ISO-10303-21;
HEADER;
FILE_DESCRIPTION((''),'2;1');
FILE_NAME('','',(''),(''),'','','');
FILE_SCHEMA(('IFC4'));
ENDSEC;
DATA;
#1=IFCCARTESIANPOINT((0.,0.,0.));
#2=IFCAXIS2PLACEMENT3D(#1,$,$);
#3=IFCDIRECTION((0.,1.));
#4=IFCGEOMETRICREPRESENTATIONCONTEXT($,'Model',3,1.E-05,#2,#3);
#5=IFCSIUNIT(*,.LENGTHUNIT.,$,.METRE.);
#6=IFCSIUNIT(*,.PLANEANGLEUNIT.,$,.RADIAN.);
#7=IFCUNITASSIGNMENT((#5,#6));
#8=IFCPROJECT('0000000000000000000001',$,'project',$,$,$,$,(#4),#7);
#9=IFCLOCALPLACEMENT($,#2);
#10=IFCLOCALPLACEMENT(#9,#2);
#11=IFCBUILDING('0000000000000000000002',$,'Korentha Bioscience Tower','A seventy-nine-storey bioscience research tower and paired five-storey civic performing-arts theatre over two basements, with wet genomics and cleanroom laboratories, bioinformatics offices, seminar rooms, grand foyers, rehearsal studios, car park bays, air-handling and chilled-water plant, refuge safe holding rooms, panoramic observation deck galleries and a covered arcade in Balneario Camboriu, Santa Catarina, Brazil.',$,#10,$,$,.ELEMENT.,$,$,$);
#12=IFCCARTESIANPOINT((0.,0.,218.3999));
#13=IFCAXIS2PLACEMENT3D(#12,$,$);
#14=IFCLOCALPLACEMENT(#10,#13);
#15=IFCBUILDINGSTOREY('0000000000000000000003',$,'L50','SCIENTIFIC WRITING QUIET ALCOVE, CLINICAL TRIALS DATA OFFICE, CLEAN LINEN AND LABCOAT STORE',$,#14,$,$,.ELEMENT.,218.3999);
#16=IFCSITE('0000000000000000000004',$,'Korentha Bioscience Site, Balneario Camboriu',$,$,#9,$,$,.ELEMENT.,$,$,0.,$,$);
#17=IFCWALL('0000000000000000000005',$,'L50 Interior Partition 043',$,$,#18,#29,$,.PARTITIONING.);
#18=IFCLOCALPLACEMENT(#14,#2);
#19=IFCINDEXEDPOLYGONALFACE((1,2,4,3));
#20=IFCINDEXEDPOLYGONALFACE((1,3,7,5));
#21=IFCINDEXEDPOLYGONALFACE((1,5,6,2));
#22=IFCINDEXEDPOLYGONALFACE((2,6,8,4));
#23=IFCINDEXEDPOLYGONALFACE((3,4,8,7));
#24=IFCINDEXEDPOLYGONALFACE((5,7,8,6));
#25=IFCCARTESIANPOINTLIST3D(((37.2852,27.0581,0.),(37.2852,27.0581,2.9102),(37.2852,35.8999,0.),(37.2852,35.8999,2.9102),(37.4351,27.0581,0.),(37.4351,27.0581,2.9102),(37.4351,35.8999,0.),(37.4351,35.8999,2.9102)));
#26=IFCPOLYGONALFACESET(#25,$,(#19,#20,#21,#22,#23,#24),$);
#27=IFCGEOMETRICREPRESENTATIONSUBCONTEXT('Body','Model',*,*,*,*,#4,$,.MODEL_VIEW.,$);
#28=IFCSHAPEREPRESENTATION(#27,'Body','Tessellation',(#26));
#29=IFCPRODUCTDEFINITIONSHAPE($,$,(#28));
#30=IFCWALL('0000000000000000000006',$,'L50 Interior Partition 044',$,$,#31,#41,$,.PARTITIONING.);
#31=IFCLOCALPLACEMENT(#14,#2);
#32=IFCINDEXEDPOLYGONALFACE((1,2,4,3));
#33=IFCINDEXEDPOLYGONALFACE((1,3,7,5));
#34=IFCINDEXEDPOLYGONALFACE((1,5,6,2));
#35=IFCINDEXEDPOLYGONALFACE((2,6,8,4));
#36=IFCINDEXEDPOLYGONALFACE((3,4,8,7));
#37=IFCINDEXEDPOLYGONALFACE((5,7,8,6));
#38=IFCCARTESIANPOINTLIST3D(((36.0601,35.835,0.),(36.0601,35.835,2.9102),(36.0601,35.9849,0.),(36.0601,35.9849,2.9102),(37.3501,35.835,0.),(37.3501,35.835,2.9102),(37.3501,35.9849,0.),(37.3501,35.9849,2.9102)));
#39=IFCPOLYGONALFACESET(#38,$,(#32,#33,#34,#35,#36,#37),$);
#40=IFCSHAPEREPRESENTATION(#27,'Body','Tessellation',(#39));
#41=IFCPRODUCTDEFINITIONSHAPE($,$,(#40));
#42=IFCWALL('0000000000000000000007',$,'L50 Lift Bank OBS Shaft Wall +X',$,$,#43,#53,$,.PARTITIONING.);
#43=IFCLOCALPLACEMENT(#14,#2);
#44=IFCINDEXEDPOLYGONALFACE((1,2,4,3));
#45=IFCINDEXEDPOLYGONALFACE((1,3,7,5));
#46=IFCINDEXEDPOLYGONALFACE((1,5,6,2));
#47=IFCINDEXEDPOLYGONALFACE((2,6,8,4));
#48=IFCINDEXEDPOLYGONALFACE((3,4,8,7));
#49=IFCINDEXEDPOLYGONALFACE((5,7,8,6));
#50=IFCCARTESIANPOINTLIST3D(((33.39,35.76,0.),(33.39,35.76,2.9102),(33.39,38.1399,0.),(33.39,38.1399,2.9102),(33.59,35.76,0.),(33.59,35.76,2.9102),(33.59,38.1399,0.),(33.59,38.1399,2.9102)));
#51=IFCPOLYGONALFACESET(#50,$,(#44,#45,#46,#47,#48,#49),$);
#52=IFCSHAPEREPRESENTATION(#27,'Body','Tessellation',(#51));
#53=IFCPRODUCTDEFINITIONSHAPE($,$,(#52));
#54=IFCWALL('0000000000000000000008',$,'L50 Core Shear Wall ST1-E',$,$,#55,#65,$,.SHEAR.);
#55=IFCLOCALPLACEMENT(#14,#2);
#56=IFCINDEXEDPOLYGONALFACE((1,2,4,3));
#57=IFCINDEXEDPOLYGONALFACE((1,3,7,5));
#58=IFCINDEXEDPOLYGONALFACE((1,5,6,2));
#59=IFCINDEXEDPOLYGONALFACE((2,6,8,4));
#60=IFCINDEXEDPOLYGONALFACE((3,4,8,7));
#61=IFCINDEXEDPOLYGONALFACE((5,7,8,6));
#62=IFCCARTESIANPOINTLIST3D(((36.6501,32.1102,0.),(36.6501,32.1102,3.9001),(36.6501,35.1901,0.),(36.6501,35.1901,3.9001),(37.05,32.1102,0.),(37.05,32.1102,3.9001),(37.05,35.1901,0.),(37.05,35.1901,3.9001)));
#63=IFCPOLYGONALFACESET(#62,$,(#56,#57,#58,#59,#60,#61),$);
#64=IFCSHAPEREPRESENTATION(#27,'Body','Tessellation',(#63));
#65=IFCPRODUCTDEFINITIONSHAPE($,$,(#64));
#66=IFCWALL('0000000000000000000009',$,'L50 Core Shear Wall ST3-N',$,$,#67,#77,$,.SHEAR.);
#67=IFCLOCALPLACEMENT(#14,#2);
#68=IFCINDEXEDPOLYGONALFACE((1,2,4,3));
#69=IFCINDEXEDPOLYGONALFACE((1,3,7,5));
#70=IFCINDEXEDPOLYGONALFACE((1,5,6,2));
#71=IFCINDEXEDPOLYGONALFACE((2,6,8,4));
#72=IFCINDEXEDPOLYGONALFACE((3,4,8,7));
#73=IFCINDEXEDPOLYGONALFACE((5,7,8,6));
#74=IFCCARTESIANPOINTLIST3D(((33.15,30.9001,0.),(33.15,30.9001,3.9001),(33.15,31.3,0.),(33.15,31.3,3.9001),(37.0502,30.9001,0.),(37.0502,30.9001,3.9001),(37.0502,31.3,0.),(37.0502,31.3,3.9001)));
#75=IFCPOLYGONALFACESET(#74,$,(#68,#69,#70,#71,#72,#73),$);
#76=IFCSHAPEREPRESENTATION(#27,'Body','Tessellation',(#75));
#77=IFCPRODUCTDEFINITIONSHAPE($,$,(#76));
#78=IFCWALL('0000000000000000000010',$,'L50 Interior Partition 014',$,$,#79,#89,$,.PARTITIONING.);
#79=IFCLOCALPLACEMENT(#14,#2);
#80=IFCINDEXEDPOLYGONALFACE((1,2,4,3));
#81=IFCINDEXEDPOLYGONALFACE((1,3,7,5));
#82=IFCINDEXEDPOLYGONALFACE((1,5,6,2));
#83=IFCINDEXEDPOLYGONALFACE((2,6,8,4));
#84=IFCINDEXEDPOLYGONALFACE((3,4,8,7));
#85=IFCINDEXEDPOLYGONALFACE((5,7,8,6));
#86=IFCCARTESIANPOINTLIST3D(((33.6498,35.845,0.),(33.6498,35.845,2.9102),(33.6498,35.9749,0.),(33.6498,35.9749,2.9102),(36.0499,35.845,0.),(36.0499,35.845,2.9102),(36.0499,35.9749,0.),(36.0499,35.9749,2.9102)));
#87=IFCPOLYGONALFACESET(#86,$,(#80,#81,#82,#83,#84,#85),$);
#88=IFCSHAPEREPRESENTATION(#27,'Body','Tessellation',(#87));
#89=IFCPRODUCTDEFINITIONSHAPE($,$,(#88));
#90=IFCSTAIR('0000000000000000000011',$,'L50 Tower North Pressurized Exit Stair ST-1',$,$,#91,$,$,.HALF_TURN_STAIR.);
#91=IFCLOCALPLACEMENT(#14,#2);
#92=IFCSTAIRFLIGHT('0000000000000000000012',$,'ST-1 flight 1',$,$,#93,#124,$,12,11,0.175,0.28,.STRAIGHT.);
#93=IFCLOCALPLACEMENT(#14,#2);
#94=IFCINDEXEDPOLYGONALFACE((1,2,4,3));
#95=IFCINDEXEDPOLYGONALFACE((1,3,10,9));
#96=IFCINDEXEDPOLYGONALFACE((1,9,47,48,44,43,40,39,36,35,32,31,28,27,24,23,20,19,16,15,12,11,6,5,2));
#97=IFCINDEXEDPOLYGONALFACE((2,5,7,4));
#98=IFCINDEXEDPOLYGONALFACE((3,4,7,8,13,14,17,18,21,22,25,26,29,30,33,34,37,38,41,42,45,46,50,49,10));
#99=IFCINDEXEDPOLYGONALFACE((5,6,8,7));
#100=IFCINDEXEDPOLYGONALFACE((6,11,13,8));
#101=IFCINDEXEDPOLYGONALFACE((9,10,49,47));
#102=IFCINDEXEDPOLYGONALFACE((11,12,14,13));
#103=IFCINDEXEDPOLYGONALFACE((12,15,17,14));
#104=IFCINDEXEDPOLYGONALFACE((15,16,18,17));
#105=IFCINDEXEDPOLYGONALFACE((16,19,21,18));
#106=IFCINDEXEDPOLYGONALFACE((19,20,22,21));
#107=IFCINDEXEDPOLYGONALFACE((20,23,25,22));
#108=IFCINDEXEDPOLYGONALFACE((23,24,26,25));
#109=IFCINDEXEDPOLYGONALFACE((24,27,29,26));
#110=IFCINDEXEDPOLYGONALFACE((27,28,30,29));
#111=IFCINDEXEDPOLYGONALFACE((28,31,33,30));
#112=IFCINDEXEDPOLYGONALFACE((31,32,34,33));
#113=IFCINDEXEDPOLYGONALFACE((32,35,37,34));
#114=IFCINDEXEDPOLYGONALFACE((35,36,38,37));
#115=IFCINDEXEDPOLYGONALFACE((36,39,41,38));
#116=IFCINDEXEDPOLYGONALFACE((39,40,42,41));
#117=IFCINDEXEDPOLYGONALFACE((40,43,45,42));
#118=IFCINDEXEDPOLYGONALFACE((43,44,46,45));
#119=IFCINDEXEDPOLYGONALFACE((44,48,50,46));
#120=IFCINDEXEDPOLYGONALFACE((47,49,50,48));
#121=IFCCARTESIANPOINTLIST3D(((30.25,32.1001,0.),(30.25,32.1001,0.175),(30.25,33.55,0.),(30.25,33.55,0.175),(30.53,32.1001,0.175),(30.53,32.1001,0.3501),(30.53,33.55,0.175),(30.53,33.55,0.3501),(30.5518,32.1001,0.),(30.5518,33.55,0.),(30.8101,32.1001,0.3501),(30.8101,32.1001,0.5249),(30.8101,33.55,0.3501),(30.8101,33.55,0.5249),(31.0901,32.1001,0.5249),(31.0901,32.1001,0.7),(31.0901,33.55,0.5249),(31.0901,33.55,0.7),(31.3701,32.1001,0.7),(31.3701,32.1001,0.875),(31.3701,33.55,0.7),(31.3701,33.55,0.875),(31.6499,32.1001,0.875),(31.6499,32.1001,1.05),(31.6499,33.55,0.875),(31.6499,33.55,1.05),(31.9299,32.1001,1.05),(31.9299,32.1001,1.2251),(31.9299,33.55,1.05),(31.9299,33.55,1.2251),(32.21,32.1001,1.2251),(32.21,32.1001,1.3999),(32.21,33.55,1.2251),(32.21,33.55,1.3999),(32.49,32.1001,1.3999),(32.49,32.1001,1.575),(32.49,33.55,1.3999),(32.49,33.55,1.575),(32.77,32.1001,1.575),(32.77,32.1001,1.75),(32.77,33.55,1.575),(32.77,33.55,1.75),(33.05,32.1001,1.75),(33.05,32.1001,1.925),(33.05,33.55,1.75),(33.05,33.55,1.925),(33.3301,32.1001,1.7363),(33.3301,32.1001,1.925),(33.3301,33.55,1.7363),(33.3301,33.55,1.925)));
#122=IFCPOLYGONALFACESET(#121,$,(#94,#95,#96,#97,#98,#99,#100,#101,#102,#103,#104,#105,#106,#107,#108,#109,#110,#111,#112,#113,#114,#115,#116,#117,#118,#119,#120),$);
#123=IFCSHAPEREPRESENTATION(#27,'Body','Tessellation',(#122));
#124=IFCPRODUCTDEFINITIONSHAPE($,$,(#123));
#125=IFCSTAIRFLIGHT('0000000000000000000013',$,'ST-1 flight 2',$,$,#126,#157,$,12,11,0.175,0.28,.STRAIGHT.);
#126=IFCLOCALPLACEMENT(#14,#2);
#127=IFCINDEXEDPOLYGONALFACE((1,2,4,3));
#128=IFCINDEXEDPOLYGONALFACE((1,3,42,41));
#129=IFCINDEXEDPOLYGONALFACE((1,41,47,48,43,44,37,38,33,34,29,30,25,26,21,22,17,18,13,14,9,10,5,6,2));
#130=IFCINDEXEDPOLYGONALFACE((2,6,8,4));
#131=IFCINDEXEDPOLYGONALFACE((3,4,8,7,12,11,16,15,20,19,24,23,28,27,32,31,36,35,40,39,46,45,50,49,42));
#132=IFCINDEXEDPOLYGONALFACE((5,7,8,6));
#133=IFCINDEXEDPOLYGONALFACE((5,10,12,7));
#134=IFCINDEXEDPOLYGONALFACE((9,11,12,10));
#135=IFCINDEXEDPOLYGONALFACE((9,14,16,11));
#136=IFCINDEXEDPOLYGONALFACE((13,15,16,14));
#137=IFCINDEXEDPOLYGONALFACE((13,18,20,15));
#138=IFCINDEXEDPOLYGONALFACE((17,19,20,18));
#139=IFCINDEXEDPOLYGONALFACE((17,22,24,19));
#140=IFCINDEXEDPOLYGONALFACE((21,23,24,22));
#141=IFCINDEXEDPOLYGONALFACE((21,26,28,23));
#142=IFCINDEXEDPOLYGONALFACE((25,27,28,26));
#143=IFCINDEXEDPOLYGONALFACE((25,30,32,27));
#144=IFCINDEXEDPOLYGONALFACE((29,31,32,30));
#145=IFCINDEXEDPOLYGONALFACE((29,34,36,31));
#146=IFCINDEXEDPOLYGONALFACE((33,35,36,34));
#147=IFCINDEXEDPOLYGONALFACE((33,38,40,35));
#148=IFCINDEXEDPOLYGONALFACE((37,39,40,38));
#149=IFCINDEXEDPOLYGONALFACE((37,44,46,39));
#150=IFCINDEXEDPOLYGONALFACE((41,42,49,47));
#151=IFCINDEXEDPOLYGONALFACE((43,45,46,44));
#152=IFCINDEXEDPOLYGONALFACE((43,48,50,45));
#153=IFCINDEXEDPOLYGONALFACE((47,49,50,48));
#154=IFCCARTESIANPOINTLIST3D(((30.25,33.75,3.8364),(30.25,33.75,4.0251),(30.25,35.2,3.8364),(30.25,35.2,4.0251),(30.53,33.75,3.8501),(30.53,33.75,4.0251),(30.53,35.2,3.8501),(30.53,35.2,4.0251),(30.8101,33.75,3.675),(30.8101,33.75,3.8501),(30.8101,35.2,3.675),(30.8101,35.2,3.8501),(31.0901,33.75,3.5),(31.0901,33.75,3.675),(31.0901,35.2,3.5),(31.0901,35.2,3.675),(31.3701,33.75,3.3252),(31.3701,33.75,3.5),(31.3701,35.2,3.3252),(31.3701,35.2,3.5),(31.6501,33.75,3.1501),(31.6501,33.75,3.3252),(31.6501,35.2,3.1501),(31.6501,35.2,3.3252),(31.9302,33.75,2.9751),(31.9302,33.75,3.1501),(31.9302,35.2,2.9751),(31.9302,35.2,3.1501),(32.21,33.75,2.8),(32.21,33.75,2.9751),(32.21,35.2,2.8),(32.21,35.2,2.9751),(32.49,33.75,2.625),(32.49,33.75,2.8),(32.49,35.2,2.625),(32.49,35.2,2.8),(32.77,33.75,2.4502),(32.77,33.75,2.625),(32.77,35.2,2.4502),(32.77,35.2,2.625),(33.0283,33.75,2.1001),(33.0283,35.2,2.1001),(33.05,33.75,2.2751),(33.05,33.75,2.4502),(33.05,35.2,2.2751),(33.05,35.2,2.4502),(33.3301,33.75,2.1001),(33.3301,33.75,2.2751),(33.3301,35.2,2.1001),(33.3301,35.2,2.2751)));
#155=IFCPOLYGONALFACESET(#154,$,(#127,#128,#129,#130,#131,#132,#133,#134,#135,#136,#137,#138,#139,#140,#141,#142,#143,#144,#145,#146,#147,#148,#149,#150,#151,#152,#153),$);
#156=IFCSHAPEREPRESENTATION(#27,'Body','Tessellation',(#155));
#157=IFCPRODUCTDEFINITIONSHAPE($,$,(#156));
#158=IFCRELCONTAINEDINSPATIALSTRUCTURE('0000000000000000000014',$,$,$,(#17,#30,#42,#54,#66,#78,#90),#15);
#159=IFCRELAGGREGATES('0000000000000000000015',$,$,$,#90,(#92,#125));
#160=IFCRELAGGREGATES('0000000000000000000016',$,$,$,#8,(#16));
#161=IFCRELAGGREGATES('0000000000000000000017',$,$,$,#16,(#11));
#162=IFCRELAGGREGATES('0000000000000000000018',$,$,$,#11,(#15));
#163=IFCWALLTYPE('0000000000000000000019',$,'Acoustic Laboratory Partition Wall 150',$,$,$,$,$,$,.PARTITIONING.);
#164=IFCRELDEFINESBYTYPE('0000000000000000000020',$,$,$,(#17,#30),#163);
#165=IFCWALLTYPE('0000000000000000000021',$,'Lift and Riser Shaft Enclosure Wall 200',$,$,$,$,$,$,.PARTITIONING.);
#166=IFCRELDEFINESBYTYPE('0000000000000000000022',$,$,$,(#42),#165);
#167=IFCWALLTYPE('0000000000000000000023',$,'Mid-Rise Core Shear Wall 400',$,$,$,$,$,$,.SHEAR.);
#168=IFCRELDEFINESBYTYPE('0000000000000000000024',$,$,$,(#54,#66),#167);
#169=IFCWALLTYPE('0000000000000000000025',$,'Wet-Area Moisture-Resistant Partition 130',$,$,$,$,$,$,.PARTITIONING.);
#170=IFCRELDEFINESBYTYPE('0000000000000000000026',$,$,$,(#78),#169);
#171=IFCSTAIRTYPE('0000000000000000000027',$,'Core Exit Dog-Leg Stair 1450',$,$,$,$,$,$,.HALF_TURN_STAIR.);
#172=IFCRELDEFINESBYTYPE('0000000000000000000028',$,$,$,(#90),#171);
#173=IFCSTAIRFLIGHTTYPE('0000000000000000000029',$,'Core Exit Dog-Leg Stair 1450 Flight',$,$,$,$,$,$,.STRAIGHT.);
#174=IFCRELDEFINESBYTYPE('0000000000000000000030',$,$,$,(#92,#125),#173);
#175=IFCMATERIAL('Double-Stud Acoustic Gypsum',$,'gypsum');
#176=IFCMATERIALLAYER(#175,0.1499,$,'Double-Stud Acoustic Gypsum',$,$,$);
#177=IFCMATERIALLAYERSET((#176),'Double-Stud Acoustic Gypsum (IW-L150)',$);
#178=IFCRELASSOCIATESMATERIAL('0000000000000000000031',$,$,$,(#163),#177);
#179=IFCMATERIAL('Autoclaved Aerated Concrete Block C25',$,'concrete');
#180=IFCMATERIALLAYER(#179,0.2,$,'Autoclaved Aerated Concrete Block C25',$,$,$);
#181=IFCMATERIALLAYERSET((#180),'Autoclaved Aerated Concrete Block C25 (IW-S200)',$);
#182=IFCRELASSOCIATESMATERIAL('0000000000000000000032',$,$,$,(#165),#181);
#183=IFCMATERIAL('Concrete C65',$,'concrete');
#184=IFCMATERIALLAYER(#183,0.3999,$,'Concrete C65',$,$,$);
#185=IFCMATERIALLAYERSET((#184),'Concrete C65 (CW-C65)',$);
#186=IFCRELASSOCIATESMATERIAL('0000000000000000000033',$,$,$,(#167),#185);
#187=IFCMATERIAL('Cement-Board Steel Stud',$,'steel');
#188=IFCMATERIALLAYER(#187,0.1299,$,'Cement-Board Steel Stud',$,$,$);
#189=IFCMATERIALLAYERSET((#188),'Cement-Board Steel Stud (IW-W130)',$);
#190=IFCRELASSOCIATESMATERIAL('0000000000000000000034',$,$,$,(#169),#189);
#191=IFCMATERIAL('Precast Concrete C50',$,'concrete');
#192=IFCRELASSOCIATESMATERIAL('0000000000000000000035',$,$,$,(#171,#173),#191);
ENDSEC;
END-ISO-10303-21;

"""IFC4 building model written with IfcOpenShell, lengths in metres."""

from ifc_helpers import new_model, si_unit, direction, frame, frame_2d, origin, place, context, subcontext, project, spatial, polyline, rectangle, outline, extrude, material, layer, layer_set, type_object, element, aggregate, save


model = new_model("IFC4")

# Units and contexts
model_context = context("Model", 3, precision=1e-05, world=origin(), true_north=direction((0.0, 1.0)))
body_context = subcontext(model_context, "Body", "Model", "MODEL_VIEW")
ifc_project = project(units=[si_unit("LENGTHUNIT", "METRE"), si_unit("PLANEANGLEUNIT", "RADIAN")], contexts=[model_context])

# Site, building, storey
site_placement = place(None, origin())
site = spatial("IfcSite", under=ifc_project, at=site_placement, Name="Korentha Bioscience Site, Balneario Camboriu", CompositionType="ELEMENT", RefElevation=0.0)
building_placement = place(site_placement, origin())
building = spatial("IfcBuilding", under=site, at=building_placement, Name="Korentha Bioscience Tower", Description="A seventy-nine-storey bioscience research tower and paired five-storey civic performing-arts theatre over two basements, with wet genomics and cleanroom laboratories, bioinformatics offices, seminar rooms, grand foyers, rehearsal studios, car park bays, air-handling and chilled-water plant, refuge safe holding rooms, panoramic observation deck galleries and a covered arcade in Balneario Camboriu, Santa Catarina, Brazil.", CompositionType="ELEMENT")
storey_placement = place(building_placement, frame((0.0, 0.0, 218.3999)))
storey = spatial("IfcBuildingStorey", under=building, at=storey_placement, Name="L50", Description="SCIENTIFIC WRITING QUIET ALCOVE, CLINICAL TRIALS DATA OFFICE, CLEAN LINEN AND LABCOAT STORE", CompositionType="ELEMENT", Elevation=218.3999)

# Shared definitions
ifc_material_1 = material(Name="Concrete C65", Category="concrete")

# Walls
ifc_material_2 = material(Name="Double-Stud Acoustic Gypsum", Category="gypsum")
ifc_layer_1 = layer(ifc_material_2, 0.1499, Name="Double-Stud Acoustic Gypsum")
ifc_layer_set_1 = layer_set([ifc_layer_1], Name="Double-Stud Acoustic Gypsum (IW-L150)")
wall_type_1 = type_object("IfcWallType", Name="Acoustic Laboratory Partition Wall 150", PredefinedType="PARTITIONING", material=ifc_layer_set_1)
wall_1_placement = place(storey_placement, frame((37.3601, 27.0581, 0.0), z_axis=(0.0, 0.0, 1.0), x_axis=(0.0, 1.0, 0.0)))
element("IfcWall", 1, at=wall_1_placement, inside=storey, type_object=wall_type_1, Name="L50 Interior Partition 043", PredefinedType="PARTITIONING", context=body_context, shape_type="SweptSolid", body=[
    extrude(rectangle(XDim=8.8418, YDim=0.1499, at=frame_2d((4.4209, 0.0))), origin(), (0.0, 0.0, 1.0), 2.9102),
])
wall_2_placement = place(storey_placement, frame((37.3501, 35.9099, 0.0), z_axis=(0.0, 0.0, 1.0), x_axis=(-1.0, 0.0, 0.0)))
element("IfcWall", 2, at=wall_2_placement, inside=storey, type_object=wall_type_1, Name="L50 Interior Partition 044", PredefinedType="PARTITIONING", context=body_context, shape_type="SweptSolid", body=[
    extrude(rectangle(XDim=1.29, YDim=0.1499, at=frame_2d((0.645, 0.0))), origin(), (0.0, 0.0, 1.0), 2.9102),
])
ifc_material_3 = material(Name="Autoclaved Aerated Concrete Block C25", Category="concrete")
ifc_layer_2 = layer(ifc_material_3, 0.2, Name="Autoclaved Aerated Concrete Block C25")
ifc_layer_set_2 = layer_set([ifc_layer_2], Name="Autoclaved Aerated Concrete Block C25 (IW-S200)")
wall_type_2 = type_object("IfcWallType", Name="Lift and Riser Shaft Enclosure Wall 200", PredefinedType="PARTITIONING", material=ifc_layer_set_2)
wall_3_placement = place(storey_placement, frame((33.49, 35.76, 0.0), z_axis=(0.0, 0.0, 1.0), x_axis=(0.0, 1.0, 0.0)))
element("IfcWall", 3, at=wall_3_placement, inside=storey, type_object=wall_type_2, Name="L50 Lift Bank OBS Shaft Wall +X", PredefinedType="PARTITIONING", context=body_context, shape_type="SweptSolid", body=[
    extrude(rectangle(XDim=2.3799, YDim=0.2, at=frame_2d((1.1899, 0.0))), origin(), (0.0, 0.0, 1.0), 2.9102),
])
ifc_layer_3 = layer(ifc_material_1, 0.3999, Name="Concrete C65")
ifc_layer_set_3 = layer_set([ifc_layer_3], Name="Concrete C65 (CW-C65)")
wall_type_3 = type_object("IfcWallType", Name="Mid-Rise Core Shear Wall 400", PredefinedType="SHEAR", material=ifc_layer_set_3)
wall_4_placement = place(storey_placement, frame((36.8501, 32.1101, 0.0), z_axis=(0.0, 0.0, 1.0), x_axis=(0.0, 1.0, 0.0)))
element("IfcWall", 4, at=wall_4_placement, inside=storey, type_object=wall_type_3, Name="L50 Core Shear Wall ST1-E", PredefinedType="SHEAR", context=body_context, shape_type="SweptSolid", body=[
    extrude(rectangle(XDim=3.0798, YDim=0.3999, at=frame_2d((1.54, 0.0))), origin(), (0.0, 0.0, 1.0), 3.9001),
])
wall_5_placement = place(storey_placement, frame((33.1499, 31.1001, 0.0), z_axis=(0.0, 0.0, 1.0), x_axis=(1.0, 0.0, 0.0)))
element("IfcWall", 5, at=wall_5_placement, inside=storey, type_object=wall_type_3, Name="L50 Core Shear Wall ST3-N", PredefinedType="SHEAR", context=body_context, shape_type="SweptSolid", body=[
    extrude(rectangle(XDim=3.9001, YDim=0.3999, at=frame_2d((1.9502, 0.0))), origin(), (0.0, 0.0, 1.0), 3.9001),
])
ifc_material_4 = material(Name="Cement-Board Steel Stud", Category="steel")
ifc_layer_4 = layer(ifc_material_4, 0.1299, Name="Cement-Board Steel Stud")
ifc_layer_set_4 = layer_set([ifc_layer_4], Name="Cement-Board Steel Stud (IW-W130)")
wall_type_4 = type_object("IfcWallType", Name="Wet-Area Moisture-Resistant Partition 130", PredefinedType="PARTITIONING", material=ifc_layer_set_4)
wall_6_placement = place(storey_placement, frame((36.05, 35.9099, 0.0), z_axis=(0.0, 0.0, 1.0), x_axis=(-1.0, 0.0, 0.0)))
element("IfcWall", 6, at=wall_6_placement, inside=storey, type_object=wall_type_4, Name="L50 Interior Partition 014", PredefinedType="PARTITIONING", context=body_context, shape_type="SweptSolid", body=[
    extrude(rectangle(XDim=2.4001, YDim=0.1299, at=frame_2d((1.2002, 0.0))), origin(), (0.0, 0.0, 1.0), 2.9102),
])

# Stair, stair flights
ifc_material_5 = material(Name="Precast Concrete C50", Category="concrete")
stair_type = type_object("IfcStairType", Name="Core Exit Dog-Leg Stair 1450", PredefinedType="HALF_TURN_STAIR", material=ifc_material_5)
stair_1_placement = place(storey_placement, origin())
stair_1 = element("IfcStair", 7, at=stair_1_placement, inside=storey, type_object=stair_type, Name="L50 Tower North Pressurized Exit Stair ST-1", PredefinedType="HALF_TURN_STAIR")
stair_flight_type = type_object("IfcStairFlightType", Name="Core Exit Dog-Leg Stair 1450 Flight", PredefinedType="STRAIGHT", material=ifc_material_5)
stair_flight_1_placement = place(storey_placement, frame((30.25, 32.825, 0.0), z_axis=(0.0, 0.0, 1.0), x_axis=(1.0, 0.0, 0.0)))
stair_flight_1 = element("IfcStairFlight", 8, at=stair_flight_1_placement, type_object=stair_flight_type, Name="ST-1 flight 1", NumberOfRisers=12, NumberOfTreads=11, PredefinedType="STRAIGHT", RiserHeight=0.175, TreadLength=0.28, context=body_context, shape_type="SweptSolid", body=[
    extrude(outline(polyline([(0.0, 0.0), (0.0, 0.175), (0.28, 0.175), (0.28, 0.3501), (0.5601, 0.3501), (0.5601, 0.5249), (0.8401, 0.5249), (0.8401, 0.7), (1.1201, 0.7), (1.1201, 0.875), (1.3999, 0.875), (1.3999, 1.05), (1.6799, 1.05), (1.6799, 1.2251), (1.96, 1.2251), (1.96, 1.3999), (2.24, 1.3999), (2.24, 1.575), (2.52, 1.575), (2.52, 1.75), (2.8, 1.75), (2.8, 1.925), (3.0801, 1.925), (3.0801, 2.1001), (3.0801, 1.7363), (0.3018, 0.0), (0.0, 0.0)])), frame((0.0, 0.7251, 0.0), z_axis=(0.0, -1.0, 0.0), x_axis=(1.0, 0.0, 0.0)), (0.0, 0.0, 1.0), 1.45),
])
stair_flight_2_placement = place(storey_placement, frame((33.3301, 34.4751, 2.1001), z_axis=(0.0, 0.0, 1.0), x_axis=(-1.0, 0.0, 0.0)))
stair_flight_2 = element("IfcStairFlight", 9, at=stair_flight_2_placement, type_object=stair_flight_type, Name="ST-1 flight 2", NumberOfRisers=12, NumberOfTreads=11, PredefinedType="STRAIGHT", RiserHeight=0.175, TreadLength=0.28, context=body_context, shape_type="SweptSolid", body=[
    extrude(outline(polyline([(0.0, 0.0), (0.0, 0.175), (0.28, 0.175), (0.28, 0.3501), (0.5601, 0.3501), (0.5601, 0.5249), (0.8401, 0.5249), (0.8401, 0.7), (1.1201, 0.7), (1.1201, 0.875), (1.3999, 0.875), (1.3999, 1.05), (1.6799, 1.05), (1.6799, 1.2251), (1.96, 1.2251), (1.96, 1.3999), (2.24, 1.3999), (2.24, 1.575), (2.52, 1.575), (2.52, 1.75), (2.8, 1.75), (2.8, 1.925), (3.0801, 1.925), (3.0801, 2.1001), (3.0801, 1.7363), (0.3018, 0.0), (0.0, 0.0)])), frame((0.0, 0.7251, 0.0), z_axis=(0.0, -1.0, 0.0), x_axis=(1.0, 0.0, 0.0)), (0.0, 0.0, 1.0), 1.45),
])
aggregate(stair_1, [stair_flight_1, stair_flight_2])

save(model, "model.ifc")
